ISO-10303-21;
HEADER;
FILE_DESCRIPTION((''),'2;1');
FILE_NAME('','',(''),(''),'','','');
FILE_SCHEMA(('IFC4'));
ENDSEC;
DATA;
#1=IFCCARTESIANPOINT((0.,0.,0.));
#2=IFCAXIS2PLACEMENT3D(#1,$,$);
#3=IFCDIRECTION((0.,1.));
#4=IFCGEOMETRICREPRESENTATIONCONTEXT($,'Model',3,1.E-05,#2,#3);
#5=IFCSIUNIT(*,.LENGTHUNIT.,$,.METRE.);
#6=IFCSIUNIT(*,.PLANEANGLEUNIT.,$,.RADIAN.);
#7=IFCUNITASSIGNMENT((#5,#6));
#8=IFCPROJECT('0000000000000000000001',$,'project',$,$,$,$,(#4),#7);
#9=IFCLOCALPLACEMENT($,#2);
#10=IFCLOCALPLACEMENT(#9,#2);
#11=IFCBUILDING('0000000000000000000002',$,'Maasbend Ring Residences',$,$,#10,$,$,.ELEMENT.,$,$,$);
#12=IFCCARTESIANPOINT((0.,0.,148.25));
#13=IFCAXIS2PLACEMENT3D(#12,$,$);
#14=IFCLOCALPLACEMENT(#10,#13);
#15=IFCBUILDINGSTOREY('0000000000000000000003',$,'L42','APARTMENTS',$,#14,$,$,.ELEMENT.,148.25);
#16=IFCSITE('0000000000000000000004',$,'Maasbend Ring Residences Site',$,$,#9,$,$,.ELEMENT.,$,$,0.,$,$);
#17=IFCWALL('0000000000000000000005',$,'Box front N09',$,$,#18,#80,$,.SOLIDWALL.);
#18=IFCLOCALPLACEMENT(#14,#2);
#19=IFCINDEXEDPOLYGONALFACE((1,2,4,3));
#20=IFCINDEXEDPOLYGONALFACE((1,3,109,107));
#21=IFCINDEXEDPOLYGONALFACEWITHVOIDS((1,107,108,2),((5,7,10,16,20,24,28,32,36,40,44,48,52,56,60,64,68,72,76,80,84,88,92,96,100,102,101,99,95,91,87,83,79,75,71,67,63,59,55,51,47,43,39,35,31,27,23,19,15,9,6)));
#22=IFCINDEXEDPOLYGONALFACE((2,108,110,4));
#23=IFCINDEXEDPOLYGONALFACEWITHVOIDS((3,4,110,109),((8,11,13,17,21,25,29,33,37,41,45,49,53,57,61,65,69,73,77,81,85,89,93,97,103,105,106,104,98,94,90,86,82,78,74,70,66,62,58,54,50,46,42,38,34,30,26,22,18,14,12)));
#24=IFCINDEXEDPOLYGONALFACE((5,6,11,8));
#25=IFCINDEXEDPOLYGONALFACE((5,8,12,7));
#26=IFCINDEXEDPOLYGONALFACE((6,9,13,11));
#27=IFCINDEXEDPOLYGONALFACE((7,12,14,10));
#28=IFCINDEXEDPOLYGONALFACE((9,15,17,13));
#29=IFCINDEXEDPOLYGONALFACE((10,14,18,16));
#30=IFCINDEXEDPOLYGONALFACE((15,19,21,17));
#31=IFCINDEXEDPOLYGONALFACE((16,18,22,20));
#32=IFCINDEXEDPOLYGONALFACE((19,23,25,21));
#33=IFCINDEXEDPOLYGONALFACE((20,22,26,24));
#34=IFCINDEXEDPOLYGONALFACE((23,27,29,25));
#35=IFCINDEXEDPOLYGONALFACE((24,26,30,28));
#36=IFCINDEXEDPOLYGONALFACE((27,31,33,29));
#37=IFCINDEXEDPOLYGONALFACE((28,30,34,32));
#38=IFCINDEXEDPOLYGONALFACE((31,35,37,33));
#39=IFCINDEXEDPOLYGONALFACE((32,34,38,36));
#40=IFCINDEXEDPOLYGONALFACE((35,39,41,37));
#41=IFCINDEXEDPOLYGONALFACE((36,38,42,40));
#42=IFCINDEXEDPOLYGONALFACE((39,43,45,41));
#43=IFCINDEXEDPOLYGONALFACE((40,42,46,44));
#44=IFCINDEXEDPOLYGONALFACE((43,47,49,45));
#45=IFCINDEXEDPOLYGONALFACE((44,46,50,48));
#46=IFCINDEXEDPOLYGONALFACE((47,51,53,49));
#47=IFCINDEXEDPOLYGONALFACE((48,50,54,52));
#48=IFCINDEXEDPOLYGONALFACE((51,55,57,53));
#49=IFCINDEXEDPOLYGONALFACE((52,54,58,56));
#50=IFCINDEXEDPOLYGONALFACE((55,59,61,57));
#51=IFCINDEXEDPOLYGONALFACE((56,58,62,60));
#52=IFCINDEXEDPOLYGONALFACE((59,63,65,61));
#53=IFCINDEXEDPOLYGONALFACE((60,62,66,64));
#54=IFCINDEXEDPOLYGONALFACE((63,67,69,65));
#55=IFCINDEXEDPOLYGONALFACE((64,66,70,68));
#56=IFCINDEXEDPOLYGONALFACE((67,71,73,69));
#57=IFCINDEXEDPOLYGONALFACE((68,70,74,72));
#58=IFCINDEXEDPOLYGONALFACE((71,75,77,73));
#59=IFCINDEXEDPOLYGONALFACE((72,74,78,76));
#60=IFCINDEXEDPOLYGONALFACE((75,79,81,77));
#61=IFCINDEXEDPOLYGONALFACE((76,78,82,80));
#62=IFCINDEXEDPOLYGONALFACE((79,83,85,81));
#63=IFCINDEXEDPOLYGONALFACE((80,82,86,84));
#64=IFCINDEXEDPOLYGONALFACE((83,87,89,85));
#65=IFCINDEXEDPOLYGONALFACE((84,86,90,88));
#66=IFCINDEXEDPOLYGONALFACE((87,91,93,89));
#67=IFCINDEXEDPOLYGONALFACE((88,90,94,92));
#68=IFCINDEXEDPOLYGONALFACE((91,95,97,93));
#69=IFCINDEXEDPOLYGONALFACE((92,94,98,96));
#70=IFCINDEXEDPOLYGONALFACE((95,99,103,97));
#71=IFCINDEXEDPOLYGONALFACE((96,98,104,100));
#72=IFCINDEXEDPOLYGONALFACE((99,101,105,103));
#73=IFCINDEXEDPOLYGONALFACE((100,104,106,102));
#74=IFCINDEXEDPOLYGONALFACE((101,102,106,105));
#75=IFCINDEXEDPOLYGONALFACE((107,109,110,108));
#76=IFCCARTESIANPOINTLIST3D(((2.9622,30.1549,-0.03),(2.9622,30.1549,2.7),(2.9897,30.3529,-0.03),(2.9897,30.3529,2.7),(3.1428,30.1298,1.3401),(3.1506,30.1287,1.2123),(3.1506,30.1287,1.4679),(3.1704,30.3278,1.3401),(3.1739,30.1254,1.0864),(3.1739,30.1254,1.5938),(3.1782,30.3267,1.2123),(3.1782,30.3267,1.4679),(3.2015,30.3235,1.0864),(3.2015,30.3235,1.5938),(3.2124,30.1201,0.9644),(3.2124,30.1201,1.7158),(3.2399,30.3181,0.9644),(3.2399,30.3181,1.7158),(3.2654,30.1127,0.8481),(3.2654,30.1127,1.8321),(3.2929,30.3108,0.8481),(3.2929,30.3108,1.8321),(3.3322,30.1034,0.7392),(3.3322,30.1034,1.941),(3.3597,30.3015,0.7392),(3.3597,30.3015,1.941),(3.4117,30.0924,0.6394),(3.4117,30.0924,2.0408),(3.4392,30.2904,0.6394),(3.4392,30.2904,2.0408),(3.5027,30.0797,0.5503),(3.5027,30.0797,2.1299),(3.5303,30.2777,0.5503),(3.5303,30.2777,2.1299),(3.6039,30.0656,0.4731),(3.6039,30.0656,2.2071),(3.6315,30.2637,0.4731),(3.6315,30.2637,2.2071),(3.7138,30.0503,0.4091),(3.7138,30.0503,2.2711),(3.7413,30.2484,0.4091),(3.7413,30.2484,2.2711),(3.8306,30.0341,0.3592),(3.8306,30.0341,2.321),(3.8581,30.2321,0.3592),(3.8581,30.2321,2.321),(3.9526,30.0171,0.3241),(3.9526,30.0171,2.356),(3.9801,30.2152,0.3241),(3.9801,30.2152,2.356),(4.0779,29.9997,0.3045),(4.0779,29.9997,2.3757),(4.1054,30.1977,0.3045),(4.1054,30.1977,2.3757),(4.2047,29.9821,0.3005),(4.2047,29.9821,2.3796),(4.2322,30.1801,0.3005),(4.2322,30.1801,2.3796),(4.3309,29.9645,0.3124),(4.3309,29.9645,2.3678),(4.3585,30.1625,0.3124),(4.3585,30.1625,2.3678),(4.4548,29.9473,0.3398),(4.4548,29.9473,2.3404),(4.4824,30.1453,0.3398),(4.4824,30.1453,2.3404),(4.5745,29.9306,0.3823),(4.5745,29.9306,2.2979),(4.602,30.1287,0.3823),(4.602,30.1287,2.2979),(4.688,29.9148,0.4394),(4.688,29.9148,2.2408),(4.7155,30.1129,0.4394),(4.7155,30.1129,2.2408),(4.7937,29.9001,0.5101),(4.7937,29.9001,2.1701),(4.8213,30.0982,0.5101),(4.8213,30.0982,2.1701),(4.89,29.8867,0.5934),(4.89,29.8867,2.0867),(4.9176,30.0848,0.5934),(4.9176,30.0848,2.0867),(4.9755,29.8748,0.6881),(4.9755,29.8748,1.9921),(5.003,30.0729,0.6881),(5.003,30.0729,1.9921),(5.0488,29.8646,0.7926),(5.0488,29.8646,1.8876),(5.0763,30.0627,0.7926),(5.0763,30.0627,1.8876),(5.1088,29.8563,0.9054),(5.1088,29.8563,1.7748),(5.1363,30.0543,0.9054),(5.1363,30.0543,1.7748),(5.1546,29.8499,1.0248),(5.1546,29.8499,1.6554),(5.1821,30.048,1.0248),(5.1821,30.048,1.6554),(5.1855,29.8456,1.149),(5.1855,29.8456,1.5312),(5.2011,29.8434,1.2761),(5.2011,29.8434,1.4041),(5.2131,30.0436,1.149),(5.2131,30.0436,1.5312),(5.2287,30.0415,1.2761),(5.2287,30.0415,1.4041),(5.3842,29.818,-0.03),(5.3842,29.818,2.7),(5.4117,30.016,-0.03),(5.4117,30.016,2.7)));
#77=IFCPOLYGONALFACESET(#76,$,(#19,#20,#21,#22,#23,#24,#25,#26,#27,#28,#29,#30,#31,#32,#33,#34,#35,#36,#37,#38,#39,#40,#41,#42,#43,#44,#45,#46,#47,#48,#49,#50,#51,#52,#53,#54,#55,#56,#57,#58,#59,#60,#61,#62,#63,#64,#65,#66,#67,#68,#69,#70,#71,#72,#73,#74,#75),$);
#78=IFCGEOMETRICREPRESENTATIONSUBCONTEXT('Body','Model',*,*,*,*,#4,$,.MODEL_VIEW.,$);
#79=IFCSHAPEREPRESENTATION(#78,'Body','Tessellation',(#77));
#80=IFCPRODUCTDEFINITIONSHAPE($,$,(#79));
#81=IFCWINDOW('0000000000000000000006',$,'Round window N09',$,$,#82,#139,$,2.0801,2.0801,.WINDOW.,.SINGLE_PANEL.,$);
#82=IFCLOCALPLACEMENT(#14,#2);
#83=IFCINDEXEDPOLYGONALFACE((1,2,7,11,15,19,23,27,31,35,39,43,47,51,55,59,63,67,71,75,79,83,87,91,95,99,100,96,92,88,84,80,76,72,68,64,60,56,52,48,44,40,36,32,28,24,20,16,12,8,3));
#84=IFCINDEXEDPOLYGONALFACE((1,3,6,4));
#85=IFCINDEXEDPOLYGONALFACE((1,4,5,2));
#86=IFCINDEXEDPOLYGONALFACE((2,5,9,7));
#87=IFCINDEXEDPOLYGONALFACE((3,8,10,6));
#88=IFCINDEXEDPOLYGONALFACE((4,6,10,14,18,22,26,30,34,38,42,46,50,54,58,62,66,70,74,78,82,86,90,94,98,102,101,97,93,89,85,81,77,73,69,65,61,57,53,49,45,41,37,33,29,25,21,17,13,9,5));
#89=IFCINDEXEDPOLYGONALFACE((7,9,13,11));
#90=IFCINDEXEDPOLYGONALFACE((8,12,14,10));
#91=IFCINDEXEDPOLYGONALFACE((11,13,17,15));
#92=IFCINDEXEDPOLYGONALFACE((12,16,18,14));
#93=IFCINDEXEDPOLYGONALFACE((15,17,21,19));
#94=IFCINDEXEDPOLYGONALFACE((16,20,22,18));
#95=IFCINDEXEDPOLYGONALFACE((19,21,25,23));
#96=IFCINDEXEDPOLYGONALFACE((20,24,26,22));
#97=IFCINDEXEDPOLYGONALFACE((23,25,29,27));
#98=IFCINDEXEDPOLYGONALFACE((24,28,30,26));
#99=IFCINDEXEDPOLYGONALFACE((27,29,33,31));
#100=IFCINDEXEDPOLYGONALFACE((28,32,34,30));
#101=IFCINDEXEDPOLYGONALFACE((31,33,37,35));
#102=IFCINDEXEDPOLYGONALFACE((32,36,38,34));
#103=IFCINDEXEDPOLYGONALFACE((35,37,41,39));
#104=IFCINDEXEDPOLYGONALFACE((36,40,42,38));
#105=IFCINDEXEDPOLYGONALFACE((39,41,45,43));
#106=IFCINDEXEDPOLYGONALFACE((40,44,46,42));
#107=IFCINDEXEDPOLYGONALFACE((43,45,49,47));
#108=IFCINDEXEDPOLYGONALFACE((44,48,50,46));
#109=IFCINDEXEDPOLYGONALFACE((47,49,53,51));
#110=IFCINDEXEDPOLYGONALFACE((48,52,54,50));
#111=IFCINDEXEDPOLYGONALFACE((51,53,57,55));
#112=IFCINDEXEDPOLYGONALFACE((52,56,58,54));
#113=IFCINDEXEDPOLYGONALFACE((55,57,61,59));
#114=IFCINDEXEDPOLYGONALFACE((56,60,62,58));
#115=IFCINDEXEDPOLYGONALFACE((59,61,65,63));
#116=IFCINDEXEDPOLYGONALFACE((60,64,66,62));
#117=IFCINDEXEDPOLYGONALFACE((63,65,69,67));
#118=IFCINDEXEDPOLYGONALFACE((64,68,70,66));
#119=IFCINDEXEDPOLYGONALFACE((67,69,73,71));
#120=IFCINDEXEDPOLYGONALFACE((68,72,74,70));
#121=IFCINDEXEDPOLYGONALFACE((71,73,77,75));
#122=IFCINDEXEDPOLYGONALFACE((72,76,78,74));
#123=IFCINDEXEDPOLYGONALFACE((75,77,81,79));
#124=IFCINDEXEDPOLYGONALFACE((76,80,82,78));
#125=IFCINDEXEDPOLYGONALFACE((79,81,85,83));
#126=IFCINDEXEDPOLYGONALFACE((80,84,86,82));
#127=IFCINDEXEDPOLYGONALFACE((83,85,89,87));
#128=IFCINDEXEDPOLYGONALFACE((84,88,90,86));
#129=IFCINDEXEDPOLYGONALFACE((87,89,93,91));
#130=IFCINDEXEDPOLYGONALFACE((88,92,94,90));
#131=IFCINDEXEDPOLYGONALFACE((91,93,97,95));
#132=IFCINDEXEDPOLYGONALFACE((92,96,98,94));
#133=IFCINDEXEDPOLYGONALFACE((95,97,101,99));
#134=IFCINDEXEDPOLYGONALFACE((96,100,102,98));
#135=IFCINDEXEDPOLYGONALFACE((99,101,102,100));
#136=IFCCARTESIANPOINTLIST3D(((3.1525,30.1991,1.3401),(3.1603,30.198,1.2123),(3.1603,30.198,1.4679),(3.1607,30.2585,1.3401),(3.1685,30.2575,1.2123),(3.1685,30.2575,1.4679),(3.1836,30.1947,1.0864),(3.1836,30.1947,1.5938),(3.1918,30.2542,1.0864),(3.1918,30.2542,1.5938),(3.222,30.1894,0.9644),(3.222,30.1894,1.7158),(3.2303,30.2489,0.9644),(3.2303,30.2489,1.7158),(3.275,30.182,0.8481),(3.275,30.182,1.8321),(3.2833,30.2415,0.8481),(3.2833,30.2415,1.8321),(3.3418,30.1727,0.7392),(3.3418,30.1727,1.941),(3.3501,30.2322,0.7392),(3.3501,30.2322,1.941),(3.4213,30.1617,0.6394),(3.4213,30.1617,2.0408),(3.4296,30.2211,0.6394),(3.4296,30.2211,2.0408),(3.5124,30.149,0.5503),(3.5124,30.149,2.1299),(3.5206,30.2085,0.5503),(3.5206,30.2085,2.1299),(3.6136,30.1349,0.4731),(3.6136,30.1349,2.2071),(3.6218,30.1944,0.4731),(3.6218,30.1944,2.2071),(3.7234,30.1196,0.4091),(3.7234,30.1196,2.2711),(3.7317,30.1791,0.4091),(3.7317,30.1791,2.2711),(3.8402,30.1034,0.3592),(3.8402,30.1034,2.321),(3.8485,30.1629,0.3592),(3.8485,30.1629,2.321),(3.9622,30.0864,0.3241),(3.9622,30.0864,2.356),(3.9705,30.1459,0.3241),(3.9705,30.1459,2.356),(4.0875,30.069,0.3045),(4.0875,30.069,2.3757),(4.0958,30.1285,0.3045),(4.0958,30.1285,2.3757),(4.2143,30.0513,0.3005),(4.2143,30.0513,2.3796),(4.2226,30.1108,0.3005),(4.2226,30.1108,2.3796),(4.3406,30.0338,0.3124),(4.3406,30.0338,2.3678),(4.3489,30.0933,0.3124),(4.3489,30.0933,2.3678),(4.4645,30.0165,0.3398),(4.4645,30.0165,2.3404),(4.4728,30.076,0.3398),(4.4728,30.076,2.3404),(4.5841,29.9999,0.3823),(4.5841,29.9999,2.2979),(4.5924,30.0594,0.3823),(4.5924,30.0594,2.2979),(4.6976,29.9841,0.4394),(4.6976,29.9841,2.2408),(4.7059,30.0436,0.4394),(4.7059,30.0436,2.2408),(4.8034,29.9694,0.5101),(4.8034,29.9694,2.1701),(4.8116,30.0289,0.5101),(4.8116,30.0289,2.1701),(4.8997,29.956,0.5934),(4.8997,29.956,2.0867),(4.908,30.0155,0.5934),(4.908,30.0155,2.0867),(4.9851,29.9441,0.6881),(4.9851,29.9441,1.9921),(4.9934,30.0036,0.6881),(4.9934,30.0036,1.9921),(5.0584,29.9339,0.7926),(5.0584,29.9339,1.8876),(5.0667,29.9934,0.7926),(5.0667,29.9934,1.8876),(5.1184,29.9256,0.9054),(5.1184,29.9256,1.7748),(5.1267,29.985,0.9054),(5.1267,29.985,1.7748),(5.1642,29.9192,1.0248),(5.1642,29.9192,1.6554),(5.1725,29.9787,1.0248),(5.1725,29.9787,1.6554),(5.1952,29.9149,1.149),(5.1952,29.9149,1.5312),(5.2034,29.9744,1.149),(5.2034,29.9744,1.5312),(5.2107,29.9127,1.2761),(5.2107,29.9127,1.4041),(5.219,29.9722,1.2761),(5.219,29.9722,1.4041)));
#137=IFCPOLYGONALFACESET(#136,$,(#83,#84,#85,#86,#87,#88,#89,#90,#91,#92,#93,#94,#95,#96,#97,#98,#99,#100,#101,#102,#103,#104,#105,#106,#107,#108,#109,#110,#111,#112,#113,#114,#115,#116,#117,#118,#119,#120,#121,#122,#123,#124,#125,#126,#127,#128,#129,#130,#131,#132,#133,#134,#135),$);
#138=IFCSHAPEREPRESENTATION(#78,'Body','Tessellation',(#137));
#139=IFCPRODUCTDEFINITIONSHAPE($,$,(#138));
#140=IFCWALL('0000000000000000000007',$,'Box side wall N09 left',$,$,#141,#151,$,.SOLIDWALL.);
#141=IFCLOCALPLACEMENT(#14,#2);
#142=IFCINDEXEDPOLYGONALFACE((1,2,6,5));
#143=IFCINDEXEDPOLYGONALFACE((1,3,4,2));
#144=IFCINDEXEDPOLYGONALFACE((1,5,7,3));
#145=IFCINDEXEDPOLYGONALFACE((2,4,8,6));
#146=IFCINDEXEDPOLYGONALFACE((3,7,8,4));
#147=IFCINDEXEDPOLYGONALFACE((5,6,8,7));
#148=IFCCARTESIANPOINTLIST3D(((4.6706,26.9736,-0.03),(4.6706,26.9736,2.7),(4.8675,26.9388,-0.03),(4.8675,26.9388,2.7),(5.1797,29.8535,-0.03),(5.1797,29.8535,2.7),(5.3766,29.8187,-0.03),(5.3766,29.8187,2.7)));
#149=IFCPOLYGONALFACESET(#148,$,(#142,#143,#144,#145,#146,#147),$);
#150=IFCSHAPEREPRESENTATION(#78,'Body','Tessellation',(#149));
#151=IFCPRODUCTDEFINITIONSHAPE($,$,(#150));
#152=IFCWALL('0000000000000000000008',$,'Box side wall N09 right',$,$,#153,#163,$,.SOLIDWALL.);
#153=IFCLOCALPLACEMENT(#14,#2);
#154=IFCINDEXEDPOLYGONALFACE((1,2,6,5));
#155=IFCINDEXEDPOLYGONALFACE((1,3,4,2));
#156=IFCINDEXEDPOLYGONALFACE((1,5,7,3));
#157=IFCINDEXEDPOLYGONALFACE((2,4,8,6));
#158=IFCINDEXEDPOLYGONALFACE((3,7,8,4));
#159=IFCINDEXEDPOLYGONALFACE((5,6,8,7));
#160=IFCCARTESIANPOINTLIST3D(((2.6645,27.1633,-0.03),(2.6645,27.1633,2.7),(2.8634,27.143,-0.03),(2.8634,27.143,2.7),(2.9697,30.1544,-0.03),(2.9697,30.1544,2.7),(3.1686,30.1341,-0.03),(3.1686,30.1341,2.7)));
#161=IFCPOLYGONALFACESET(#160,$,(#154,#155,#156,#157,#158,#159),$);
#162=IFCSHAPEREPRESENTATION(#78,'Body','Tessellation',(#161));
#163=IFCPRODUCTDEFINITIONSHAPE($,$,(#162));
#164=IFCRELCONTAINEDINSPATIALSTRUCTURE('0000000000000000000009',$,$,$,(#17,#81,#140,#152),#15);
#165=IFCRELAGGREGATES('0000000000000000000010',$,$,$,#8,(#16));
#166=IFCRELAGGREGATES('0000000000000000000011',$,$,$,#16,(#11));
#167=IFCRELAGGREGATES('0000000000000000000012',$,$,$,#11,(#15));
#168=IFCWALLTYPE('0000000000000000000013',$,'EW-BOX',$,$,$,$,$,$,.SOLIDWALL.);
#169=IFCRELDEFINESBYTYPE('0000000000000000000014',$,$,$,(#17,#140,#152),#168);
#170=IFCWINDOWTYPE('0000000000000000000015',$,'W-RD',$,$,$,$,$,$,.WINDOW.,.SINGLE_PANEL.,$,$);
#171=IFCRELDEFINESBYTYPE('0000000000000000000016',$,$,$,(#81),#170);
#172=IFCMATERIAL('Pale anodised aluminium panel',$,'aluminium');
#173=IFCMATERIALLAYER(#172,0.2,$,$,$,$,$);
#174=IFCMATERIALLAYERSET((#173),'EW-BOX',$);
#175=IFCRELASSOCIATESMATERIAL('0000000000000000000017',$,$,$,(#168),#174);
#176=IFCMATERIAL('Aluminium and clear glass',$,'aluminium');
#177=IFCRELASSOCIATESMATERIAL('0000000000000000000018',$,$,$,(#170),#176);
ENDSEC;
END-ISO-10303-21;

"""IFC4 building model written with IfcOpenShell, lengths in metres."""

from ifc_helpers import new_model, si_unit, direction, frame, frame_2d, origin, place, context, subcontext, project, spatial, rectangle, circle, extrude, material, layer, layer_set, type_object, element, fill, save


model = new_model("IFC4")

# Units and contexts
model_context = context("Model", 3, precision=1e-05, world=origin(), true_north=direction((0.0, 1.0)))
body_context = subcontext(model_context, "Body", "Model", "MODEL_VIEW")
ifc_project = project(units=[si_unit("LENGTHUNIT", "METRE"), si_unit("PLANEANGLEUNIT", "RADIAN")], contexts=[model_context])

# Site, building, storey
site_placement = place(None, origin())
site = spatial("IfcSite", under=ifc_project, at=site_placement, Name="Maasbend Ring Residences Site", CompositionType="ELEMENT", RefElevation=0.0)
building_placement = place(site_placement, origin())
building = spatial("IfcBuilding", under=site, at=building_placement, Name="Maasbend Ring Residences", CompositionType="ELEMENT")
storey_placement = place(building_placement, frame((0.0, 0.0, 148.25)))
storey = spatial("IfcBuildingStorey", under=building, at=storey_placement, Name="L42", Description="APARTMENTS", CompositionType="ELEMENT", Elevation=148.25)

# Shared definitions
ifc_material_1 = material(Name="Pale anodised aluminium panel", Category="aluminium")
ifc_layer_1 = layer(ifc_material_1, 0.2)
ifc_layer_set_1 = layer_set([ifc_layer_1], Name="EW-BOX")
wall_type_1 = type_object("IfcWallType", Name="EW-BOX", PredefinedType="SOLIDWALL", material=ifc_layer_set_1)

# Wall, opening, window
wall_1_placement = place(storey_placement, frame((5.3979, 29.917, -0.03), z_axis=(0.0, 0.0, 1.0), x_axis=(-0.990462, 0.137786, 0.0)))
wall_1 = element("IfcWall", 1, at=wall_1_placement, inside=storey, type_object=wall_type_1, Name="Box front N09", PredefinedType="SOLIDWALL", context=body_context, shape_type="SweptSolid", body=[
    extrude(rectangle(XDim=2.4453, YDim=0.2, at=frame_2d((1.2227, 0.0))), origin(), (0.0, 0.0, 1.0), 2.73),
])
opening_1_placement = place(wall_1_placement, frame((0.1829, 0.0, 0.3301)))
opening_1 = element("IfcOpeningElement", 2, at=opening_1_placement, cuts=wall_1, PredefinedType="OPENING", context=body_context, shape_type="SweptSolid", body=[
    extrude(circle(Radius=1.04, at=frame_2d((1.04, 1.04))), frame((0.0, 0.1099, 0.0), z_axis=(0.0, -1.0, 0.0), x_axis=(1.0, 0.0, 0.0)), (0.0, 0.0, 1.0), 0.22),
])
ifc_material_2 = material(Name="Aluminium and clear glass", Category="aluminium")
window_type_1 = type_object("IfcWindowType", Name="W-RD", PartitioningType="SINGLE_PANEL", PredefinedType="WINDOW", material=ifc_material_2)
window_1_placement = place(opening_1_placement, origin())
window_1 = element("IfcWindow", 3, at=window_1_placement, inside=storey, type_object=window_type_1, Name="Round window N09", OverallHeight=2.0801, OverallWidth=2.0801, PartitioningType="SINGLE_PANEL", PredefinedType="WINDOW", context=body_context, shape_type="SweptSolid", body=[
    extrude(circle(Radius=1.04, at=frame_2d((1.04, 1.04))), frame((0.0, 0.03, 0.0), z_axis=(0.0, -1.0, 0.0), x_axis=(1.0, 0.0, 0.0)), (0.0, 0.0, 1.0), 0.0601),
])
fill(opening_1, window_1)

# Walls
wall_2_placement = place(storey_placement, frame((4.769, 26.9561, -0.03), z_axis=(0.0, 0.0, 1.0), x_axis=(0.174057, 0.984736, 0.0)))
element("IfcWall", 4, at=wall_2_placement, inside=storey, type_object=wall_type_1, Name="Box side wall N09 left", PredefinedType="SOLIDWALL", context=body_context, shape_type="SweptSolid", body=[
    extrude(rectangle(XDim=2.9246, YDim=0.2, at=frame_2d((1.4624, 0.0))), origin(), (0.0, 0.0, 1.0), 2.73),
])
wall_3_placement = place(storey_placement, frame((2.7639, 27.1531, -0.03), z_axis=(0.0, 0.0, 1.0), x_axis=(0.101505, 0.994835, 0.0)))
element("IfcWall", 5, at=wall_3_placement, inside=storey, type_object=wall_type_1, Name="Box side wall N09 right", PredefinedType="SOLIDWALL", context=body_context, shape_type="SweptSolid", body=[
    extrude(rectangle(XDim=3.0066, YDim=0.2, at=frame_2d((1.5034, 0.0))), origin(), (0.0, 0.0, 1.0), 2.73),
])

save(model, "model.ifc")
